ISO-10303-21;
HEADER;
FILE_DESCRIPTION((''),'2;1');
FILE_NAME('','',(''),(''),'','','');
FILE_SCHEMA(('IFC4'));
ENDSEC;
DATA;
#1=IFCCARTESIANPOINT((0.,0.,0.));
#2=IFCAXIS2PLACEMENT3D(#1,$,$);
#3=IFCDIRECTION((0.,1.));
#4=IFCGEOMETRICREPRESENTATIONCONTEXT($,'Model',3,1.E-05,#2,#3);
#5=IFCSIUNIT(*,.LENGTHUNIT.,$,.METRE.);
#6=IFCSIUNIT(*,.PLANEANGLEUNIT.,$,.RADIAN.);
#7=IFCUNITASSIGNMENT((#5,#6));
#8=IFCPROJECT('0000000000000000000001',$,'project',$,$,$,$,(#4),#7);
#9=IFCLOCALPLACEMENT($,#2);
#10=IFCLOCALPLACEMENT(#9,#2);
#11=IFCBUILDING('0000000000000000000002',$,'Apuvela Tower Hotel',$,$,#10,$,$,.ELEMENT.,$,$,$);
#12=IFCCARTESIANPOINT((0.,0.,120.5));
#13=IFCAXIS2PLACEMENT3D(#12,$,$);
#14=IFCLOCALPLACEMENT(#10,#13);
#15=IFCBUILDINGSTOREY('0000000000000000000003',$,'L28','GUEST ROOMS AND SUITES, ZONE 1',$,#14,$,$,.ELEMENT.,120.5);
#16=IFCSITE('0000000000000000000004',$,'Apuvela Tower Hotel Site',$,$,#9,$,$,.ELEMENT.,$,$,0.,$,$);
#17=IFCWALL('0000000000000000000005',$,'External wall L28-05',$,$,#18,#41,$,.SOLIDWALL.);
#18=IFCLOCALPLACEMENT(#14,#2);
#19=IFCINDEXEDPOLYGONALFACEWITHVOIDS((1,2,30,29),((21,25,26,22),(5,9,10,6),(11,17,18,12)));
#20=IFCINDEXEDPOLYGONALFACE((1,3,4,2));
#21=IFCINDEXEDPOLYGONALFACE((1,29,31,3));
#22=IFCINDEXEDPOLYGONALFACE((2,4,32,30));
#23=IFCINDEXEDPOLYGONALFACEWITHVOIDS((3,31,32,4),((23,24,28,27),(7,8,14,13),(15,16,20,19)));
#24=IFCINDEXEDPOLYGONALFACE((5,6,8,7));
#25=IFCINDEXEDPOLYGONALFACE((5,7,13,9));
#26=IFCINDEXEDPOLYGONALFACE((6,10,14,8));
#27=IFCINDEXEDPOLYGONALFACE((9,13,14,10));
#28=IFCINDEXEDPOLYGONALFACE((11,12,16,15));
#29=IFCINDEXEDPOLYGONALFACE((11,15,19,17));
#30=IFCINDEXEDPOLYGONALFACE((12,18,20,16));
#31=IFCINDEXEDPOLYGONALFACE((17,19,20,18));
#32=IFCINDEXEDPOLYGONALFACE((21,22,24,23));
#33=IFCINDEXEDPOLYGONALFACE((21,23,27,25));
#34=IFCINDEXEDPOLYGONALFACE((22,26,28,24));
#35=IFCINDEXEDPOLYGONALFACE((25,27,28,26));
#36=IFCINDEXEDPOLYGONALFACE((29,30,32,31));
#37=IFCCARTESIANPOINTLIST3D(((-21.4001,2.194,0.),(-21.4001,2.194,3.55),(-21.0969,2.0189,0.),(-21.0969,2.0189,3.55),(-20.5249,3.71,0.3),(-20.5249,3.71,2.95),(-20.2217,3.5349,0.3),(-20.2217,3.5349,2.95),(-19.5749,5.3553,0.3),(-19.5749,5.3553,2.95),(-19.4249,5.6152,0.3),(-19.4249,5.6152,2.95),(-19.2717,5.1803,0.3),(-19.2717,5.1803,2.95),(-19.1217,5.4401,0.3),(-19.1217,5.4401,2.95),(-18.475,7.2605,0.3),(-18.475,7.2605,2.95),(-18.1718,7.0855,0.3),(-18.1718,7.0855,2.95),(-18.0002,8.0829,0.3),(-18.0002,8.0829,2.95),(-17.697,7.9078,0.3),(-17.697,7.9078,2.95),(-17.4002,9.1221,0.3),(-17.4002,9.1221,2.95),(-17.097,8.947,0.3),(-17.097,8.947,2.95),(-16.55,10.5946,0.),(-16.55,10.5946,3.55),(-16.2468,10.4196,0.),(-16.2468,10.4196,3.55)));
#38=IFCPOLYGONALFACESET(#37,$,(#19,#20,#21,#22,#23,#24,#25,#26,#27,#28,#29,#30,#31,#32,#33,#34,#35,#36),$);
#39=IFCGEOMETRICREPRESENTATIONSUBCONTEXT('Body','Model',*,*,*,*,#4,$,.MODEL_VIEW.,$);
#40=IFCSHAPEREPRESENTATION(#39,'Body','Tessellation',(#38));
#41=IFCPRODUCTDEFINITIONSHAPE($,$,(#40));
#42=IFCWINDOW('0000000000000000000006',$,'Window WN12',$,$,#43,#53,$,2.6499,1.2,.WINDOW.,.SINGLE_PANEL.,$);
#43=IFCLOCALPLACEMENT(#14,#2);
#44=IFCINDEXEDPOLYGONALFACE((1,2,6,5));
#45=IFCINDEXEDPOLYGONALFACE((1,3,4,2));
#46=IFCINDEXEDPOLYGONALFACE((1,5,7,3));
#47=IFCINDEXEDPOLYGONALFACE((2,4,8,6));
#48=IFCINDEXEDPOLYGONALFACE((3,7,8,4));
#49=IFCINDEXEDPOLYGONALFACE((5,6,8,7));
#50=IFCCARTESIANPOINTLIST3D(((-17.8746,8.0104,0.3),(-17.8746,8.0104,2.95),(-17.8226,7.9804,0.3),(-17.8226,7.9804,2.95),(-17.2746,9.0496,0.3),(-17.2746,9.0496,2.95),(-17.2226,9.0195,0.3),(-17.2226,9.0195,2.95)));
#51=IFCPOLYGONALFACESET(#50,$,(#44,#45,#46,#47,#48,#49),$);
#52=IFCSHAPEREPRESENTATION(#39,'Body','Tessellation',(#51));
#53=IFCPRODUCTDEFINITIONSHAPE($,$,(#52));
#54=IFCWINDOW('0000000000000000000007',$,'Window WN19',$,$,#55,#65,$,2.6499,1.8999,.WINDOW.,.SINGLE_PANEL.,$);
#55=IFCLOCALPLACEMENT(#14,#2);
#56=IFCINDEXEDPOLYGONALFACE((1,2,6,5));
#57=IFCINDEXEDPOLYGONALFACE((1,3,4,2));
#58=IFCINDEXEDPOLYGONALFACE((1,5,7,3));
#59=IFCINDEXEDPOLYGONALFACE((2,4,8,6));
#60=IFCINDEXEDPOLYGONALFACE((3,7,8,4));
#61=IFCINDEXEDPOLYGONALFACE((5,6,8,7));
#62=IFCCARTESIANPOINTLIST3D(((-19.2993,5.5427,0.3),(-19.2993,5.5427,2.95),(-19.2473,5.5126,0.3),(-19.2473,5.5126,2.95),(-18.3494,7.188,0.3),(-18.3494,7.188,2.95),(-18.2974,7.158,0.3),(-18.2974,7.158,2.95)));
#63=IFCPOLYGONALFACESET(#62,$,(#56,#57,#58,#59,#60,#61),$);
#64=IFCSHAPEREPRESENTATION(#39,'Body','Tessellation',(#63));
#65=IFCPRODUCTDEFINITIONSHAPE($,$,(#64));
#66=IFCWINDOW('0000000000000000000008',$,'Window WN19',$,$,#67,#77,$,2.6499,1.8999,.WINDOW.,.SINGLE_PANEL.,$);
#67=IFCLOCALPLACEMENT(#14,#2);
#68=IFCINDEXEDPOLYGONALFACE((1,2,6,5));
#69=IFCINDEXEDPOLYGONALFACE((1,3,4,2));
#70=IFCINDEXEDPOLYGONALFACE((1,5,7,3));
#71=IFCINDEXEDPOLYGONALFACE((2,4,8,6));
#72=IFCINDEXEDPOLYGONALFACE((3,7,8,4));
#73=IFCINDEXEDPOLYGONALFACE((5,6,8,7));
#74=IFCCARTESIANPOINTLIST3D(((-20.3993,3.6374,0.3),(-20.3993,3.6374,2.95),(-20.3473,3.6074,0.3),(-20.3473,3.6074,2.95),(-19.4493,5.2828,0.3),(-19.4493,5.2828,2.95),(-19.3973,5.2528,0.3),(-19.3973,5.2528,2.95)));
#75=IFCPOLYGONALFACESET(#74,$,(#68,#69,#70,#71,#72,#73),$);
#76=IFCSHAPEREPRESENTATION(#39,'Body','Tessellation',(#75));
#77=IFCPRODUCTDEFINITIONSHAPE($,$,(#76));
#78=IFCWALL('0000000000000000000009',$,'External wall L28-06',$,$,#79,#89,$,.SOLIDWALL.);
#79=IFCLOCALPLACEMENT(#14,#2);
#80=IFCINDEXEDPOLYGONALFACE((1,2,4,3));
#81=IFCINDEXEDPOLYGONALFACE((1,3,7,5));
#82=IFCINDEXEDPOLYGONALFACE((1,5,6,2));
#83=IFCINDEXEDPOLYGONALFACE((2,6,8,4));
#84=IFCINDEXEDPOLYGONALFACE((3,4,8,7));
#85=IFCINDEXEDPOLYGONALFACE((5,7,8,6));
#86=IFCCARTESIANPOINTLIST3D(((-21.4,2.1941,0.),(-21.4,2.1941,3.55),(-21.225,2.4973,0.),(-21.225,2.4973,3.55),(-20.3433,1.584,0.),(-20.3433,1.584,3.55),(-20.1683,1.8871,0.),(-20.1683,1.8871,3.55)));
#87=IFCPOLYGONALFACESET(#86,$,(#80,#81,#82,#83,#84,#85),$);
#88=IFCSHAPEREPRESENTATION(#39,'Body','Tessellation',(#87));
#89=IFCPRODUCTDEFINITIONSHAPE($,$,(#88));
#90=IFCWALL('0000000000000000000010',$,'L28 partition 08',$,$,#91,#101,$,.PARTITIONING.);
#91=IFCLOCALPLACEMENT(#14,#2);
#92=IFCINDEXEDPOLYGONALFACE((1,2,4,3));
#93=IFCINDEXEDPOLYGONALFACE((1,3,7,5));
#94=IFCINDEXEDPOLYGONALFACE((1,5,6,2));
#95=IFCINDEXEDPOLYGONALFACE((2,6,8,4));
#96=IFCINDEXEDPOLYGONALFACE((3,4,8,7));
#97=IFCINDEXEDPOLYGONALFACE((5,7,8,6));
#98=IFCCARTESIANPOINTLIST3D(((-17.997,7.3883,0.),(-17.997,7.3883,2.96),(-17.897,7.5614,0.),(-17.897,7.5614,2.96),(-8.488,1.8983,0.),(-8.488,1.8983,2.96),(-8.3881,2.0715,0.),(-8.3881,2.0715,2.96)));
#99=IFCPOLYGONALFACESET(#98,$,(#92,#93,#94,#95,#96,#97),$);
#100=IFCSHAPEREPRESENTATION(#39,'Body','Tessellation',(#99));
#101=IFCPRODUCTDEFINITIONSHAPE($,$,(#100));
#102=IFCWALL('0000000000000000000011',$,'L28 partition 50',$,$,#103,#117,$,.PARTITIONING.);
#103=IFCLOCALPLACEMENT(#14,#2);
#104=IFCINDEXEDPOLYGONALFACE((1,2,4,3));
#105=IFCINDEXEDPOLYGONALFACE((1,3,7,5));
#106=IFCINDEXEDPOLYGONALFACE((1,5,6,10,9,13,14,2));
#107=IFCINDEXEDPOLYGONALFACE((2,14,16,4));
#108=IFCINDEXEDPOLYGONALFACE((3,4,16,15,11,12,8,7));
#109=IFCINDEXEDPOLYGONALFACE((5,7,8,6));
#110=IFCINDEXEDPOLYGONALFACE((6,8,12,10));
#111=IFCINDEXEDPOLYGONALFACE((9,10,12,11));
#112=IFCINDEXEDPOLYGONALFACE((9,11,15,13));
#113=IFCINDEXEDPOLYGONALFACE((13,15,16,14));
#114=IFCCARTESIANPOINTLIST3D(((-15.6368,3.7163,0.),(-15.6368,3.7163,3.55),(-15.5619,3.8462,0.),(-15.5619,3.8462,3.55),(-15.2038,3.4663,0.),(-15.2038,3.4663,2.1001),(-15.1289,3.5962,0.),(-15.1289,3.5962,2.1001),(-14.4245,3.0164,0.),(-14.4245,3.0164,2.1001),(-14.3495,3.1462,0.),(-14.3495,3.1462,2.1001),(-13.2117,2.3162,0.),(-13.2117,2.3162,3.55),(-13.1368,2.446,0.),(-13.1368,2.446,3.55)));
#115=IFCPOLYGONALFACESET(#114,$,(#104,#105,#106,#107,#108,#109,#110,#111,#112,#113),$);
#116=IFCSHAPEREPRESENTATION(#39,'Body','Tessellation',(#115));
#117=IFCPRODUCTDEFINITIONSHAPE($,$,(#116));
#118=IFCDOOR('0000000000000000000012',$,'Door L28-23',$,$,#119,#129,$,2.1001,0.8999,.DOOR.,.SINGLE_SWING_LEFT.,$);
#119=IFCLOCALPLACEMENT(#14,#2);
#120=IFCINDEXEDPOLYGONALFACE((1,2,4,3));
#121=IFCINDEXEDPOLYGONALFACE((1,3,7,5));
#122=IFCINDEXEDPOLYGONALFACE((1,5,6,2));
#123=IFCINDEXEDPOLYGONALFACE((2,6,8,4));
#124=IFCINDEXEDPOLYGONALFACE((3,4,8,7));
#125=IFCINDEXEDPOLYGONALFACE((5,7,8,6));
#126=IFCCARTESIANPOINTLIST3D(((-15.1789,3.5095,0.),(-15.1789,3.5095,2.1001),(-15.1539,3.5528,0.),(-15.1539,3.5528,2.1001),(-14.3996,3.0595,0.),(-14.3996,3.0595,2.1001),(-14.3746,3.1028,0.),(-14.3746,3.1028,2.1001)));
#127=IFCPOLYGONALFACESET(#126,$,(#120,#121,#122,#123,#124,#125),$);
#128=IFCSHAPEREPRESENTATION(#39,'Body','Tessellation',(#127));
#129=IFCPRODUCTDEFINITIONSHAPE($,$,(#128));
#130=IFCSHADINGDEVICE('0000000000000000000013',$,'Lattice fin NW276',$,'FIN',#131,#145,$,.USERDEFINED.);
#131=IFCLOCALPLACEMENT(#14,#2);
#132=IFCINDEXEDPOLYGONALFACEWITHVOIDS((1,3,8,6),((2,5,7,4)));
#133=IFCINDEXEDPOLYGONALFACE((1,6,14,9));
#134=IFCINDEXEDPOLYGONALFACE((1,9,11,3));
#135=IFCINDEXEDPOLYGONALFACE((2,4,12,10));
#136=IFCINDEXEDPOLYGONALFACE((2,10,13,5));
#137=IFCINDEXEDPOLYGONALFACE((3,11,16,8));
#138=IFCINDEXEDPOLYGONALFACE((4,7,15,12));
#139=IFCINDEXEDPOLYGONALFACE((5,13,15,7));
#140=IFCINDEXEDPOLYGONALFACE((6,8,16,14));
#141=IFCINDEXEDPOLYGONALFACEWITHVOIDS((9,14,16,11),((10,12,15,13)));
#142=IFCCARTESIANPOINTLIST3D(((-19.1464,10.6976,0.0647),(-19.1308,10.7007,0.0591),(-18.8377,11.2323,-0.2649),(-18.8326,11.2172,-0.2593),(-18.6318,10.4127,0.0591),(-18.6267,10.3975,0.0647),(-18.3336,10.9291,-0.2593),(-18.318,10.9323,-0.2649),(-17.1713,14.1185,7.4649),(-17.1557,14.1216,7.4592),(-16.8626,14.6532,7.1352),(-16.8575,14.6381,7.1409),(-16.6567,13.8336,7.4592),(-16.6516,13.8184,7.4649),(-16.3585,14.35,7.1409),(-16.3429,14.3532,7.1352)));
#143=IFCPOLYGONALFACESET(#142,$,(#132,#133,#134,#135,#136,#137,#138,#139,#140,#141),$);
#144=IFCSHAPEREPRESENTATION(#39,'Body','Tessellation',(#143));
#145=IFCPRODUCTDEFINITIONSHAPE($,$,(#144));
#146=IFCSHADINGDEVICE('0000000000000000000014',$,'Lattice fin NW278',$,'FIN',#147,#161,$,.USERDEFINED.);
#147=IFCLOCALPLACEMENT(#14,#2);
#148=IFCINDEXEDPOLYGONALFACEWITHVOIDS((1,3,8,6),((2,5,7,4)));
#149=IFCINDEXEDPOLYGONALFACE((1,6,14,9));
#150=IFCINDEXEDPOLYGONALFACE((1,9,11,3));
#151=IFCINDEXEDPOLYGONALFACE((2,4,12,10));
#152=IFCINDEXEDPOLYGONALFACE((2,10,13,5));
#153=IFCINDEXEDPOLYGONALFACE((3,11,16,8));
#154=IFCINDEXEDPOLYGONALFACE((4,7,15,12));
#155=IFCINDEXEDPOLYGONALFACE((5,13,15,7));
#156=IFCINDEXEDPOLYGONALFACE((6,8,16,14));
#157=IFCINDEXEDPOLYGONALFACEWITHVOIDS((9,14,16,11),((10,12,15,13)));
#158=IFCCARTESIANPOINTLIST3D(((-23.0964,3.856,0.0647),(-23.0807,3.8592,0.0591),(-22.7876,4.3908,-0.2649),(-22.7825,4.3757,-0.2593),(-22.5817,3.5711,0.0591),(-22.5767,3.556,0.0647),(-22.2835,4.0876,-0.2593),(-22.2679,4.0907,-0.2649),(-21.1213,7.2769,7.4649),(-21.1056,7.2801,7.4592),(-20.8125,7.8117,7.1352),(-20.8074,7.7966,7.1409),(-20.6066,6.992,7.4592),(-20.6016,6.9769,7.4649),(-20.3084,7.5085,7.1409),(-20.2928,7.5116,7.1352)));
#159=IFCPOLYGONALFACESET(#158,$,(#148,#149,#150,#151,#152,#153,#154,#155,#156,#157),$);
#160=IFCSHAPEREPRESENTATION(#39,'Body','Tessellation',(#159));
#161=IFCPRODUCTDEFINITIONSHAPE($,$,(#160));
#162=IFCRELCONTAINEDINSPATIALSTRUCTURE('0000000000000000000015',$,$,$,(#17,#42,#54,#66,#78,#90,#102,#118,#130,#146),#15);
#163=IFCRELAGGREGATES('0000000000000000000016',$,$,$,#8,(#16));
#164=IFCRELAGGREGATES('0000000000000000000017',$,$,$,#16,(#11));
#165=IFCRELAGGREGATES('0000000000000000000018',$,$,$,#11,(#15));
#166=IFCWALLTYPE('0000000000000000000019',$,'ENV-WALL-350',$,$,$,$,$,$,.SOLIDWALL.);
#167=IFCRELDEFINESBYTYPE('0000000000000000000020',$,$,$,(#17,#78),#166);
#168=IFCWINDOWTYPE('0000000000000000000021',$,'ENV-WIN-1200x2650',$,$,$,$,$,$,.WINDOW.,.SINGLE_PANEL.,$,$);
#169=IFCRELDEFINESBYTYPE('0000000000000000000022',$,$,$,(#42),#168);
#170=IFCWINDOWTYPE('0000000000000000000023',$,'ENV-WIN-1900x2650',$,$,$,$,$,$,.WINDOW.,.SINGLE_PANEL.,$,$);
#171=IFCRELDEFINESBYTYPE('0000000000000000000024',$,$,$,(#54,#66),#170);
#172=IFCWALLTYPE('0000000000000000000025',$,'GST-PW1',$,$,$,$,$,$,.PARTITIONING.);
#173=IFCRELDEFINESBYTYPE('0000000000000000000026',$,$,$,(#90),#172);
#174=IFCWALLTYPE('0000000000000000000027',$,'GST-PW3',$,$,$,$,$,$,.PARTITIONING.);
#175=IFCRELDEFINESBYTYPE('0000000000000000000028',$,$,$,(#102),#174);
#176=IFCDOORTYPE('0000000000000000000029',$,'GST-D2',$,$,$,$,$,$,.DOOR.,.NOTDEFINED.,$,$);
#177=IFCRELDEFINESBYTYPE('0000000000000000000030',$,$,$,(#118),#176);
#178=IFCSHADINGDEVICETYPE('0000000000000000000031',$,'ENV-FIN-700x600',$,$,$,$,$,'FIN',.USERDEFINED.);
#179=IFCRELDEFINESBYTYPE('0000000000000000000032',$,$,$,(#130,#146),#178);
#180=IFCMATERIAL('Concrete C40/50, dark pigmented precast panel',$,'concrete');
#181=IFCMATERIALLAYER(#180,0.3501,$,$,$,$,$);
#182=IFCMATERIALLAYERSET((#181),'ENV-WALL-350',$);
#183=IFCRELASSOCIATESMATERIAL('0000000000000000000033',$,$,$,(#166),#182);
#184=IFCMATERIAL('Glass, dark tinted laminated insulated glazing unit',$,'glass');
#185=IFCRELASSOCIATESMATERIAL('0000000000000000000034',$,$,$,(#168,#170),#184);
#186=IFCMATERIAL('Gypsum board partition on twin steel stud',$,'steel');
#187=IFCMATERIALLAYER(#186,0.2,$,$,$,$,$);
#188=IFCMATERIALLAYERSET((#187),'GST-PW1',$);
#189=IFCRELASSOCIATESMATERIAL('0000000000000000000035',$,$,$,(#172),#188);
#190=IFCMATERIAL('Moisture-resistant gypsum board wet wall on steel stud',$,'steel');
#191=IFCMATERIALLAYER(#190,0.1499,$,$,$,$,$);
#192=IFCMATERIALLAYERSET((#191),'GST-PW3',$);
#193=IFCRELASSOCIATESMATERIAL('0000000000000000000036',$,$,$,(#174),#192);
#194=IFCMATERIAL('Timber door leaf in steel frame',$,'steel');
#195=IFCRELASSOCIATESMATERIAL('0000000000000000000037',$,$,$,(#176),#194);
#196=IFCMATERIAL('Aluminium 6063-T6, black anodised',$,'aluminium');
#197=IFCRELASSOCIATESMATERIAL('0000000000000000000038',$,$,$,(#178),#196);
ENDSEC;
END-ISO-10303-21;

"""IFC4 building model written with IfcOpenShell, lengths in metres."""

from ifc_helpers import new_model, si_unit, direction, frame, frame_2d, origin, origin_2d, place, context, subcontext, project, spatial, rectangle, hollow_rectangle, extrude, material, layer, layer_set, material_profile, profile_set, type_object, element, fill, save


model = new_model("IFC4")

# Units and contexts
model_context = context("Model", 3, precision=1e-05, world=origin(), true_north=direction((0.0, 1.0)))
body_context = subcontext(model_context, "Body", "Model", "MODEL_VIEW")
ifc_project = project(units=[si_unit("LENGTHUNIT", "METRE"), si_unit("PLANEANGLEUNIT", "RADIAN")], contexts=[model_context])

# Site, building, storey
site_placement = place(None, origin())
site = spatial("IfcSite", under=ifc_project, at=site_placement, Name="Apuvela Tower Hotel Site", CompositionType="ELEMENT", RefElevation=0.0)
building_placement = place(site_placement, origin())
building = spatial("IfcBuilding", under=site, at=building_placement, Name="Apuvela Tower Hotel", CompositionType="ELEMENT")
storey_placement = place(building_placement, frame((0.0, 0.0, 120.5)))
storey = spatial("IfcBuildingStorey", under=building, at=storey_placement, Name="L28", Description="GUEST ROOMS AND SUITES, ZONE 1", CompositionType="ELEMENT", Elevation=120.5)

# Shared definitions
ifc_material_1 = material(Name="Concrete C40/50, dark pigmented precast panel", Category="concrete")
ifc_layer_1 = layer(ifc_material_1, 0.3501)
ifc_layer_set_1 = layer_set([ifc_layer_1], Name="ENV-WALL-350")
wall_type_1 = type_object("IfcWallType", Name="ENV-WALL-350", PredefinedType="SOLIDWALL", material=ifc_layer_set_1)

# Wall, openings, windows
wall_1_placement = place(storey_placement, frame((-16.3984, 10.5071, 0.0), z_axis=(0.0, 0.0, 1.0), x_axis=(-0.499999, -0.866026, 0.0)))
wall_1 = element("IfcWall", 1, at=wall_1_placement, inside=storey, type_object=wall_type_1, Name="External wall L28-05", PredefinedType="SOLIDWALL", context=body_context, shape_type="SweptSolid", body=[
    extrude(rectangle(XDim=9.7002, YDim=0.3501, at=frame_2d((4.8501, 0.0))), origin(), (0.0, 0.0, 1.0), 3.55),
])
opening_1_placement = place(wall_1_placement, frame((1.7002, 0.0, 0.3)))
opening_1 = element("IfcOpeningElement", 2, at=opening_1_placement, cuts=wall_1, PredefinedType="OPENING", context=body_context, shape_type="SweptSolid", body=[
    extrude(rectangle(XDim=1.2, YDim=2.6499, at=frame_2d((0.6001, 1.325))), frame((0.0, 0.1851, 0.0), z_axis=(0.0, -1.0, 0.0), x_axis=(1.0, 0.0, 0.0)), (0.0, 0.0, 1.0), 0.3701),
])
opening_2_placement = place(wall_1_placement, frame((3.8499, 0.0, 0.3)))
opening_2 = element("IfcOpeningElement", 3, at=opening_2_placement, cuts=wall_1, PredefinedType="OPENING", context=body_context, shape_type="SweptSolid", body=[
    extrude(rectangle(XDim=1.8999, YDim=2.6499, at=frame_2d((0.95, 1.325))), frame((0.0, 0.1851, 0.0), z_axis=(0.0, -1.0, 0.0), x_axis=(1.0, 0.0, 0.0)), (0.0, 0.0, 1.0), 0.3701),
])
opening_3_placement = place(wall_1_placement, frame((6.0498, 0.0, 0.3)))
opening_3 = element("IfcOpeningElement", 4, at=opening_3_placement, cuts=wall_1, PredefinedType="OPENING", context=body_context, shape_type="SweptSolid", body=[
    extrude(rectangle(XDim=1.8999, YDim=2.6499, at=frame_2d((0.95, 1.325))), frame((0.0, 0.1851, 0.0), z_axis=(0.0, -1.0, 0.0), x_axis=(1.0, 0.0, 0.0)), (0.0, 0.0, 1.0), 0.3701),
])
ifc_material_2 = material(Name="Glass, dark tinted laminated insulated glazing unit", Category="glass")
window_type_1 = type_object("IfcWindowType", Name="ENV-WIN-1200x2650", PartitioningType="SINGLE_PANEL", PredefinedType="WINDOW", material=ifc_material_2)
window_1_placement = place(opening_1_placement, origin())
window_1 = element("IfcWindow", 5, at=window_1_placement, inside=storey, type_object=window_type_1, Name="Window WN12", OverallHeight=2.6499, OverallWidth=1.2, PartitioningType="SINGLE_PANEL", PredefinedType="WINDOW", context=body_context, shape_type="SweptSolid", body=[
    extrude(rectangle(XDim=1.2, YDim=2.6499, at=frame_2d((0.6001, 1.325))), frame((0.0, 0.03, 0.0), z_axis=(0.0, -1.0, 0.0), x_axis=(1.0, 0.0, 0.0)), (0.0, 0.0, 1.0), 0.0601),
])
fill(opening_1, window_1)
window_type_2 = type_object("IfcWindowType", Name="ENV-WIN-1900x2650", PartitioningType="SINGLE_PANEL", PredefinedType="WINDOW", material=ifc_material_2)
window_2_placement = place(opening_2_placement, origin())
window_2 = element("IfcWindow", 6, at=window_2_placement, inside=storey, type_object=window_type_2, Name="Window WN19", OverallHeight=2.6499, OverallWidth=1.8999, PartitioningType="SINGLE_PANEL", PredefinedType="WINDOW", context=body_context, shape_type="SweptSolid", body=[
    extrude(rectangle(XDim=1.8999, YDim=2.6499, at=frame_2d((0.95, 1.325))), frame((0.0, 0.03, 0.0), z_axis=(0.0, -1.0, 0.0), x_axis=(1.0, 0.0, 0.0)), (0.0, 0.0, 1.0), 0.0601),
])
fill(opening_2, window_2)
window_3_placement = place(opening_3_placement, origin())
window_3 = element("IfcWindow", 7, at=window_3_placement, inside=storey, type_object=window_type_2, Name="Window WN19", OverallHeight=2.6499, OverallWidth=1.8999, PartitioningType="SINGLE_PANEL", PredefinedType="WINDOW", context=body_context, shape_type="SweptSolid", body=[
    extrude(rectangle(XDim=1.8999, YDim=2.6499, at=frame_2d((0.95, 1.325))), frame((0.0, 0.03, 0.0), z_axis=(0.0, -1.0, 0.0), x_axis=(1.0, 0.0, 0.0)), (0.0, 0.0, 1.0), 0.0601),
])
fill(opening_3, window_3)

# Wall
wall_2_placement = place(storey_placement, frame((-21.3125, 2.3457, 0.0), z_axis=(0.0, 0.0, 1.0), x_axis=(0.866006, -0.500034, 0.0)))
element("IfcWall", 8, at=wall_2_placement, inside=storey, type_object=wall_type_1, Name="External wall L28-06", PredefinedType="SOLIDWALL", context=body_context, shape_type="SweptSolid", body=[
    extrude(rectangle(XDim=1.2202, YDim=0.3501, at=frame_2d((0.6101, 0.0))), origin(), (0.0, 0.0, 1.0), 3.55),
])

# Wall
ifc_material_3 = material(Name="Gypsum board partition on twin steel stud", Category="steel")
ifc_layer_2 = layer(ifc_material_3, 0.2)
ifc_layer_set_2 = layer_set([ifc_layer_2], Name="GST-PW1")
wall_type_2 = type_object("IfcWallType", Name="GST-PW1", PredefinedType="PARTITIONING", material=ifc_layer_set_2)
wall_3_placement = place(storey_placement, frame((-17.947, 7.4749, 0.0), z_axis=(0.0, 0.0, 1.0), x_axis=(0.866027, -0.499996, 0.0)))
element("IfcWall", 9, at=wall_3_placement, inside=storey, type_object=wall_type_2, Name="L28 partition 08", PredefinedType="PARTITIONING", context=body_context, shape_type="SweptSolid", body=[
    extrude(rectangle(XDim=10.98, YDim=0.2, at=frame_2d((5.49, 0.0))), origin(), (0.0, 0.0, 1.0), 2.96),
])

# Wall, opening, door
ifc_material_4 = material(Name="Moisture-resistant gypsum board wet wall on steel stud", Category="steel")
ifc_layer_3 = layer(ifc_material_4, 0.1499)
ifc_layer_set_3 = layer_set([ifc_layer_3], Name="GST-PW3")
wall_type_3 = type_object("IfcWallType", Name="GST-PW3", PredefinedType="PARTITIONING", material=ifc_layer_set_3)
wall_4_placement = place(storey_placement, frame((-15.5994, 3.7812, 0.0), z_axis=(0.0, 0.0, 1.0), x_axis=(0.866019, -0.500012, 0.0)))
wall_4 = element("IfcWall", 10, at=wall_4_placement, inside=storey, type_object=wall_type_3, Name="L28 partition 50", PredefinedType="PARTITIONING", context=body_context, shape_type="SweptSolid", body=[
    extrude(rectangle(XDim=2.8003, YDim=0.1499, at=frame_2d((1.4001, 0.0))), origin(), (0.0, 0.0, 1.0), 3.55),
])
opening_4_placement = place(wall_4_placement, frame((0.5, 0.0, 0.0)))
opening_4 = element("IfcOpeningElement", 11, at=opening_4_placement, cuts=wall_4, PredefinedType="OPENING", context=body_context, shape_type="SweptSolid", body=[
    extrude(rectangle(XDim=0.8999, YDim=2.1001, at=frame_2d((0.45, 1.05))), frame((0.0, 0.085, 0.0), z_axis=(0.0, -1.0, 0.0), x_axis=(1.0, 0.0, 0.0)), (0.0, 0.0, 1.0), 0.1699),
])
ifc_material_5 = material(Name="Timber door leaf in steel frame", Category="steel")
door_type_1 = type_object("IfcDoorType", Name="GST-D2", OperationType="NOTDEFINED", PredefinedType="DOOR", material=ifc_material_5)
door_1_placement = place(opening_4_placement, origin())
door_1 = element("IfcDoor", 12, at=door_1_placement, inside=storey, type_object=door_type_1, Name="Door L28-23", OperationType="SINGLE_SWING_LEFT", OverallHeight=2.1001, OverallWidth=0.8999, PredefinedType="DOOR", context=body_context, shape_type="SweptSolid", body=[
    extrude(rectangle(XDim=0.8999, YDim=2.1001, at=frame_2d((0.45, 1.05))), frame((0.0, 0.0249, 0.0), z_axis=(0.0, -1.0, 0.0), x_axis=(1.0, 0.0, 0.0)), (0.0, 0.0, 1.0), 0.05),
])
fill(opening_4, door_1)

# Shading devices
ifc_material_6 = material(Name="Aluminium 6063-T6, black anodised", Category="aluminium")
ifc_material_profile_1 = material_profile(ifc_material_6, hollow_rectangle(XDim=0.6001, YDim=0.7, WallThickness=0.012, at=origin_2d()), Name="AL BOX 700x600x12")
ifc_profile_set_1 = profile_set([ifc_material_profile_1], Name="Aluminium 6063-T6, black anodised")
shading_device_type = type_object("IfcShadingDeviceType", Name="ENV-FIN-700x600", ElementType="FIN", PredefinedType="USERDEFINED", material=ifc_profile_set_1)
for number, where, z_axis, x_axis, name in (
    (13, (-18.7322, 10.8149, -0.1001), (0.235455, 0.407812, 0.882185), (-0.866021, 0.500008, 0.0), "Lattice fin NW276"),
    (14, (-22.6821, 3.9734, -0.1001), (0.235455, 0.407812, 0.882185), (-0.866021, 0.500008, 0.0), "Lattice fin NW278"),
):
    element("IfcShadingDevice", number, at=place(storey_placement, frame(where, z_axis=z_axis, x_axis=x_axis)), inside=storey, type_object=shading_device_type, Name=name, ObjectType="FIN", PredefinedType="USERDEFINED", context=body_context, shape_type="SweptSolid", body=[
        extrude(hollow_rectangle(XDim=0.6001, YDim=0.7, WallThickness=0.012, at=origin_2d()), origin(), (0.0, 0.0, 1.0), 8.3884),
    ])

save(model, "model.ifc")
